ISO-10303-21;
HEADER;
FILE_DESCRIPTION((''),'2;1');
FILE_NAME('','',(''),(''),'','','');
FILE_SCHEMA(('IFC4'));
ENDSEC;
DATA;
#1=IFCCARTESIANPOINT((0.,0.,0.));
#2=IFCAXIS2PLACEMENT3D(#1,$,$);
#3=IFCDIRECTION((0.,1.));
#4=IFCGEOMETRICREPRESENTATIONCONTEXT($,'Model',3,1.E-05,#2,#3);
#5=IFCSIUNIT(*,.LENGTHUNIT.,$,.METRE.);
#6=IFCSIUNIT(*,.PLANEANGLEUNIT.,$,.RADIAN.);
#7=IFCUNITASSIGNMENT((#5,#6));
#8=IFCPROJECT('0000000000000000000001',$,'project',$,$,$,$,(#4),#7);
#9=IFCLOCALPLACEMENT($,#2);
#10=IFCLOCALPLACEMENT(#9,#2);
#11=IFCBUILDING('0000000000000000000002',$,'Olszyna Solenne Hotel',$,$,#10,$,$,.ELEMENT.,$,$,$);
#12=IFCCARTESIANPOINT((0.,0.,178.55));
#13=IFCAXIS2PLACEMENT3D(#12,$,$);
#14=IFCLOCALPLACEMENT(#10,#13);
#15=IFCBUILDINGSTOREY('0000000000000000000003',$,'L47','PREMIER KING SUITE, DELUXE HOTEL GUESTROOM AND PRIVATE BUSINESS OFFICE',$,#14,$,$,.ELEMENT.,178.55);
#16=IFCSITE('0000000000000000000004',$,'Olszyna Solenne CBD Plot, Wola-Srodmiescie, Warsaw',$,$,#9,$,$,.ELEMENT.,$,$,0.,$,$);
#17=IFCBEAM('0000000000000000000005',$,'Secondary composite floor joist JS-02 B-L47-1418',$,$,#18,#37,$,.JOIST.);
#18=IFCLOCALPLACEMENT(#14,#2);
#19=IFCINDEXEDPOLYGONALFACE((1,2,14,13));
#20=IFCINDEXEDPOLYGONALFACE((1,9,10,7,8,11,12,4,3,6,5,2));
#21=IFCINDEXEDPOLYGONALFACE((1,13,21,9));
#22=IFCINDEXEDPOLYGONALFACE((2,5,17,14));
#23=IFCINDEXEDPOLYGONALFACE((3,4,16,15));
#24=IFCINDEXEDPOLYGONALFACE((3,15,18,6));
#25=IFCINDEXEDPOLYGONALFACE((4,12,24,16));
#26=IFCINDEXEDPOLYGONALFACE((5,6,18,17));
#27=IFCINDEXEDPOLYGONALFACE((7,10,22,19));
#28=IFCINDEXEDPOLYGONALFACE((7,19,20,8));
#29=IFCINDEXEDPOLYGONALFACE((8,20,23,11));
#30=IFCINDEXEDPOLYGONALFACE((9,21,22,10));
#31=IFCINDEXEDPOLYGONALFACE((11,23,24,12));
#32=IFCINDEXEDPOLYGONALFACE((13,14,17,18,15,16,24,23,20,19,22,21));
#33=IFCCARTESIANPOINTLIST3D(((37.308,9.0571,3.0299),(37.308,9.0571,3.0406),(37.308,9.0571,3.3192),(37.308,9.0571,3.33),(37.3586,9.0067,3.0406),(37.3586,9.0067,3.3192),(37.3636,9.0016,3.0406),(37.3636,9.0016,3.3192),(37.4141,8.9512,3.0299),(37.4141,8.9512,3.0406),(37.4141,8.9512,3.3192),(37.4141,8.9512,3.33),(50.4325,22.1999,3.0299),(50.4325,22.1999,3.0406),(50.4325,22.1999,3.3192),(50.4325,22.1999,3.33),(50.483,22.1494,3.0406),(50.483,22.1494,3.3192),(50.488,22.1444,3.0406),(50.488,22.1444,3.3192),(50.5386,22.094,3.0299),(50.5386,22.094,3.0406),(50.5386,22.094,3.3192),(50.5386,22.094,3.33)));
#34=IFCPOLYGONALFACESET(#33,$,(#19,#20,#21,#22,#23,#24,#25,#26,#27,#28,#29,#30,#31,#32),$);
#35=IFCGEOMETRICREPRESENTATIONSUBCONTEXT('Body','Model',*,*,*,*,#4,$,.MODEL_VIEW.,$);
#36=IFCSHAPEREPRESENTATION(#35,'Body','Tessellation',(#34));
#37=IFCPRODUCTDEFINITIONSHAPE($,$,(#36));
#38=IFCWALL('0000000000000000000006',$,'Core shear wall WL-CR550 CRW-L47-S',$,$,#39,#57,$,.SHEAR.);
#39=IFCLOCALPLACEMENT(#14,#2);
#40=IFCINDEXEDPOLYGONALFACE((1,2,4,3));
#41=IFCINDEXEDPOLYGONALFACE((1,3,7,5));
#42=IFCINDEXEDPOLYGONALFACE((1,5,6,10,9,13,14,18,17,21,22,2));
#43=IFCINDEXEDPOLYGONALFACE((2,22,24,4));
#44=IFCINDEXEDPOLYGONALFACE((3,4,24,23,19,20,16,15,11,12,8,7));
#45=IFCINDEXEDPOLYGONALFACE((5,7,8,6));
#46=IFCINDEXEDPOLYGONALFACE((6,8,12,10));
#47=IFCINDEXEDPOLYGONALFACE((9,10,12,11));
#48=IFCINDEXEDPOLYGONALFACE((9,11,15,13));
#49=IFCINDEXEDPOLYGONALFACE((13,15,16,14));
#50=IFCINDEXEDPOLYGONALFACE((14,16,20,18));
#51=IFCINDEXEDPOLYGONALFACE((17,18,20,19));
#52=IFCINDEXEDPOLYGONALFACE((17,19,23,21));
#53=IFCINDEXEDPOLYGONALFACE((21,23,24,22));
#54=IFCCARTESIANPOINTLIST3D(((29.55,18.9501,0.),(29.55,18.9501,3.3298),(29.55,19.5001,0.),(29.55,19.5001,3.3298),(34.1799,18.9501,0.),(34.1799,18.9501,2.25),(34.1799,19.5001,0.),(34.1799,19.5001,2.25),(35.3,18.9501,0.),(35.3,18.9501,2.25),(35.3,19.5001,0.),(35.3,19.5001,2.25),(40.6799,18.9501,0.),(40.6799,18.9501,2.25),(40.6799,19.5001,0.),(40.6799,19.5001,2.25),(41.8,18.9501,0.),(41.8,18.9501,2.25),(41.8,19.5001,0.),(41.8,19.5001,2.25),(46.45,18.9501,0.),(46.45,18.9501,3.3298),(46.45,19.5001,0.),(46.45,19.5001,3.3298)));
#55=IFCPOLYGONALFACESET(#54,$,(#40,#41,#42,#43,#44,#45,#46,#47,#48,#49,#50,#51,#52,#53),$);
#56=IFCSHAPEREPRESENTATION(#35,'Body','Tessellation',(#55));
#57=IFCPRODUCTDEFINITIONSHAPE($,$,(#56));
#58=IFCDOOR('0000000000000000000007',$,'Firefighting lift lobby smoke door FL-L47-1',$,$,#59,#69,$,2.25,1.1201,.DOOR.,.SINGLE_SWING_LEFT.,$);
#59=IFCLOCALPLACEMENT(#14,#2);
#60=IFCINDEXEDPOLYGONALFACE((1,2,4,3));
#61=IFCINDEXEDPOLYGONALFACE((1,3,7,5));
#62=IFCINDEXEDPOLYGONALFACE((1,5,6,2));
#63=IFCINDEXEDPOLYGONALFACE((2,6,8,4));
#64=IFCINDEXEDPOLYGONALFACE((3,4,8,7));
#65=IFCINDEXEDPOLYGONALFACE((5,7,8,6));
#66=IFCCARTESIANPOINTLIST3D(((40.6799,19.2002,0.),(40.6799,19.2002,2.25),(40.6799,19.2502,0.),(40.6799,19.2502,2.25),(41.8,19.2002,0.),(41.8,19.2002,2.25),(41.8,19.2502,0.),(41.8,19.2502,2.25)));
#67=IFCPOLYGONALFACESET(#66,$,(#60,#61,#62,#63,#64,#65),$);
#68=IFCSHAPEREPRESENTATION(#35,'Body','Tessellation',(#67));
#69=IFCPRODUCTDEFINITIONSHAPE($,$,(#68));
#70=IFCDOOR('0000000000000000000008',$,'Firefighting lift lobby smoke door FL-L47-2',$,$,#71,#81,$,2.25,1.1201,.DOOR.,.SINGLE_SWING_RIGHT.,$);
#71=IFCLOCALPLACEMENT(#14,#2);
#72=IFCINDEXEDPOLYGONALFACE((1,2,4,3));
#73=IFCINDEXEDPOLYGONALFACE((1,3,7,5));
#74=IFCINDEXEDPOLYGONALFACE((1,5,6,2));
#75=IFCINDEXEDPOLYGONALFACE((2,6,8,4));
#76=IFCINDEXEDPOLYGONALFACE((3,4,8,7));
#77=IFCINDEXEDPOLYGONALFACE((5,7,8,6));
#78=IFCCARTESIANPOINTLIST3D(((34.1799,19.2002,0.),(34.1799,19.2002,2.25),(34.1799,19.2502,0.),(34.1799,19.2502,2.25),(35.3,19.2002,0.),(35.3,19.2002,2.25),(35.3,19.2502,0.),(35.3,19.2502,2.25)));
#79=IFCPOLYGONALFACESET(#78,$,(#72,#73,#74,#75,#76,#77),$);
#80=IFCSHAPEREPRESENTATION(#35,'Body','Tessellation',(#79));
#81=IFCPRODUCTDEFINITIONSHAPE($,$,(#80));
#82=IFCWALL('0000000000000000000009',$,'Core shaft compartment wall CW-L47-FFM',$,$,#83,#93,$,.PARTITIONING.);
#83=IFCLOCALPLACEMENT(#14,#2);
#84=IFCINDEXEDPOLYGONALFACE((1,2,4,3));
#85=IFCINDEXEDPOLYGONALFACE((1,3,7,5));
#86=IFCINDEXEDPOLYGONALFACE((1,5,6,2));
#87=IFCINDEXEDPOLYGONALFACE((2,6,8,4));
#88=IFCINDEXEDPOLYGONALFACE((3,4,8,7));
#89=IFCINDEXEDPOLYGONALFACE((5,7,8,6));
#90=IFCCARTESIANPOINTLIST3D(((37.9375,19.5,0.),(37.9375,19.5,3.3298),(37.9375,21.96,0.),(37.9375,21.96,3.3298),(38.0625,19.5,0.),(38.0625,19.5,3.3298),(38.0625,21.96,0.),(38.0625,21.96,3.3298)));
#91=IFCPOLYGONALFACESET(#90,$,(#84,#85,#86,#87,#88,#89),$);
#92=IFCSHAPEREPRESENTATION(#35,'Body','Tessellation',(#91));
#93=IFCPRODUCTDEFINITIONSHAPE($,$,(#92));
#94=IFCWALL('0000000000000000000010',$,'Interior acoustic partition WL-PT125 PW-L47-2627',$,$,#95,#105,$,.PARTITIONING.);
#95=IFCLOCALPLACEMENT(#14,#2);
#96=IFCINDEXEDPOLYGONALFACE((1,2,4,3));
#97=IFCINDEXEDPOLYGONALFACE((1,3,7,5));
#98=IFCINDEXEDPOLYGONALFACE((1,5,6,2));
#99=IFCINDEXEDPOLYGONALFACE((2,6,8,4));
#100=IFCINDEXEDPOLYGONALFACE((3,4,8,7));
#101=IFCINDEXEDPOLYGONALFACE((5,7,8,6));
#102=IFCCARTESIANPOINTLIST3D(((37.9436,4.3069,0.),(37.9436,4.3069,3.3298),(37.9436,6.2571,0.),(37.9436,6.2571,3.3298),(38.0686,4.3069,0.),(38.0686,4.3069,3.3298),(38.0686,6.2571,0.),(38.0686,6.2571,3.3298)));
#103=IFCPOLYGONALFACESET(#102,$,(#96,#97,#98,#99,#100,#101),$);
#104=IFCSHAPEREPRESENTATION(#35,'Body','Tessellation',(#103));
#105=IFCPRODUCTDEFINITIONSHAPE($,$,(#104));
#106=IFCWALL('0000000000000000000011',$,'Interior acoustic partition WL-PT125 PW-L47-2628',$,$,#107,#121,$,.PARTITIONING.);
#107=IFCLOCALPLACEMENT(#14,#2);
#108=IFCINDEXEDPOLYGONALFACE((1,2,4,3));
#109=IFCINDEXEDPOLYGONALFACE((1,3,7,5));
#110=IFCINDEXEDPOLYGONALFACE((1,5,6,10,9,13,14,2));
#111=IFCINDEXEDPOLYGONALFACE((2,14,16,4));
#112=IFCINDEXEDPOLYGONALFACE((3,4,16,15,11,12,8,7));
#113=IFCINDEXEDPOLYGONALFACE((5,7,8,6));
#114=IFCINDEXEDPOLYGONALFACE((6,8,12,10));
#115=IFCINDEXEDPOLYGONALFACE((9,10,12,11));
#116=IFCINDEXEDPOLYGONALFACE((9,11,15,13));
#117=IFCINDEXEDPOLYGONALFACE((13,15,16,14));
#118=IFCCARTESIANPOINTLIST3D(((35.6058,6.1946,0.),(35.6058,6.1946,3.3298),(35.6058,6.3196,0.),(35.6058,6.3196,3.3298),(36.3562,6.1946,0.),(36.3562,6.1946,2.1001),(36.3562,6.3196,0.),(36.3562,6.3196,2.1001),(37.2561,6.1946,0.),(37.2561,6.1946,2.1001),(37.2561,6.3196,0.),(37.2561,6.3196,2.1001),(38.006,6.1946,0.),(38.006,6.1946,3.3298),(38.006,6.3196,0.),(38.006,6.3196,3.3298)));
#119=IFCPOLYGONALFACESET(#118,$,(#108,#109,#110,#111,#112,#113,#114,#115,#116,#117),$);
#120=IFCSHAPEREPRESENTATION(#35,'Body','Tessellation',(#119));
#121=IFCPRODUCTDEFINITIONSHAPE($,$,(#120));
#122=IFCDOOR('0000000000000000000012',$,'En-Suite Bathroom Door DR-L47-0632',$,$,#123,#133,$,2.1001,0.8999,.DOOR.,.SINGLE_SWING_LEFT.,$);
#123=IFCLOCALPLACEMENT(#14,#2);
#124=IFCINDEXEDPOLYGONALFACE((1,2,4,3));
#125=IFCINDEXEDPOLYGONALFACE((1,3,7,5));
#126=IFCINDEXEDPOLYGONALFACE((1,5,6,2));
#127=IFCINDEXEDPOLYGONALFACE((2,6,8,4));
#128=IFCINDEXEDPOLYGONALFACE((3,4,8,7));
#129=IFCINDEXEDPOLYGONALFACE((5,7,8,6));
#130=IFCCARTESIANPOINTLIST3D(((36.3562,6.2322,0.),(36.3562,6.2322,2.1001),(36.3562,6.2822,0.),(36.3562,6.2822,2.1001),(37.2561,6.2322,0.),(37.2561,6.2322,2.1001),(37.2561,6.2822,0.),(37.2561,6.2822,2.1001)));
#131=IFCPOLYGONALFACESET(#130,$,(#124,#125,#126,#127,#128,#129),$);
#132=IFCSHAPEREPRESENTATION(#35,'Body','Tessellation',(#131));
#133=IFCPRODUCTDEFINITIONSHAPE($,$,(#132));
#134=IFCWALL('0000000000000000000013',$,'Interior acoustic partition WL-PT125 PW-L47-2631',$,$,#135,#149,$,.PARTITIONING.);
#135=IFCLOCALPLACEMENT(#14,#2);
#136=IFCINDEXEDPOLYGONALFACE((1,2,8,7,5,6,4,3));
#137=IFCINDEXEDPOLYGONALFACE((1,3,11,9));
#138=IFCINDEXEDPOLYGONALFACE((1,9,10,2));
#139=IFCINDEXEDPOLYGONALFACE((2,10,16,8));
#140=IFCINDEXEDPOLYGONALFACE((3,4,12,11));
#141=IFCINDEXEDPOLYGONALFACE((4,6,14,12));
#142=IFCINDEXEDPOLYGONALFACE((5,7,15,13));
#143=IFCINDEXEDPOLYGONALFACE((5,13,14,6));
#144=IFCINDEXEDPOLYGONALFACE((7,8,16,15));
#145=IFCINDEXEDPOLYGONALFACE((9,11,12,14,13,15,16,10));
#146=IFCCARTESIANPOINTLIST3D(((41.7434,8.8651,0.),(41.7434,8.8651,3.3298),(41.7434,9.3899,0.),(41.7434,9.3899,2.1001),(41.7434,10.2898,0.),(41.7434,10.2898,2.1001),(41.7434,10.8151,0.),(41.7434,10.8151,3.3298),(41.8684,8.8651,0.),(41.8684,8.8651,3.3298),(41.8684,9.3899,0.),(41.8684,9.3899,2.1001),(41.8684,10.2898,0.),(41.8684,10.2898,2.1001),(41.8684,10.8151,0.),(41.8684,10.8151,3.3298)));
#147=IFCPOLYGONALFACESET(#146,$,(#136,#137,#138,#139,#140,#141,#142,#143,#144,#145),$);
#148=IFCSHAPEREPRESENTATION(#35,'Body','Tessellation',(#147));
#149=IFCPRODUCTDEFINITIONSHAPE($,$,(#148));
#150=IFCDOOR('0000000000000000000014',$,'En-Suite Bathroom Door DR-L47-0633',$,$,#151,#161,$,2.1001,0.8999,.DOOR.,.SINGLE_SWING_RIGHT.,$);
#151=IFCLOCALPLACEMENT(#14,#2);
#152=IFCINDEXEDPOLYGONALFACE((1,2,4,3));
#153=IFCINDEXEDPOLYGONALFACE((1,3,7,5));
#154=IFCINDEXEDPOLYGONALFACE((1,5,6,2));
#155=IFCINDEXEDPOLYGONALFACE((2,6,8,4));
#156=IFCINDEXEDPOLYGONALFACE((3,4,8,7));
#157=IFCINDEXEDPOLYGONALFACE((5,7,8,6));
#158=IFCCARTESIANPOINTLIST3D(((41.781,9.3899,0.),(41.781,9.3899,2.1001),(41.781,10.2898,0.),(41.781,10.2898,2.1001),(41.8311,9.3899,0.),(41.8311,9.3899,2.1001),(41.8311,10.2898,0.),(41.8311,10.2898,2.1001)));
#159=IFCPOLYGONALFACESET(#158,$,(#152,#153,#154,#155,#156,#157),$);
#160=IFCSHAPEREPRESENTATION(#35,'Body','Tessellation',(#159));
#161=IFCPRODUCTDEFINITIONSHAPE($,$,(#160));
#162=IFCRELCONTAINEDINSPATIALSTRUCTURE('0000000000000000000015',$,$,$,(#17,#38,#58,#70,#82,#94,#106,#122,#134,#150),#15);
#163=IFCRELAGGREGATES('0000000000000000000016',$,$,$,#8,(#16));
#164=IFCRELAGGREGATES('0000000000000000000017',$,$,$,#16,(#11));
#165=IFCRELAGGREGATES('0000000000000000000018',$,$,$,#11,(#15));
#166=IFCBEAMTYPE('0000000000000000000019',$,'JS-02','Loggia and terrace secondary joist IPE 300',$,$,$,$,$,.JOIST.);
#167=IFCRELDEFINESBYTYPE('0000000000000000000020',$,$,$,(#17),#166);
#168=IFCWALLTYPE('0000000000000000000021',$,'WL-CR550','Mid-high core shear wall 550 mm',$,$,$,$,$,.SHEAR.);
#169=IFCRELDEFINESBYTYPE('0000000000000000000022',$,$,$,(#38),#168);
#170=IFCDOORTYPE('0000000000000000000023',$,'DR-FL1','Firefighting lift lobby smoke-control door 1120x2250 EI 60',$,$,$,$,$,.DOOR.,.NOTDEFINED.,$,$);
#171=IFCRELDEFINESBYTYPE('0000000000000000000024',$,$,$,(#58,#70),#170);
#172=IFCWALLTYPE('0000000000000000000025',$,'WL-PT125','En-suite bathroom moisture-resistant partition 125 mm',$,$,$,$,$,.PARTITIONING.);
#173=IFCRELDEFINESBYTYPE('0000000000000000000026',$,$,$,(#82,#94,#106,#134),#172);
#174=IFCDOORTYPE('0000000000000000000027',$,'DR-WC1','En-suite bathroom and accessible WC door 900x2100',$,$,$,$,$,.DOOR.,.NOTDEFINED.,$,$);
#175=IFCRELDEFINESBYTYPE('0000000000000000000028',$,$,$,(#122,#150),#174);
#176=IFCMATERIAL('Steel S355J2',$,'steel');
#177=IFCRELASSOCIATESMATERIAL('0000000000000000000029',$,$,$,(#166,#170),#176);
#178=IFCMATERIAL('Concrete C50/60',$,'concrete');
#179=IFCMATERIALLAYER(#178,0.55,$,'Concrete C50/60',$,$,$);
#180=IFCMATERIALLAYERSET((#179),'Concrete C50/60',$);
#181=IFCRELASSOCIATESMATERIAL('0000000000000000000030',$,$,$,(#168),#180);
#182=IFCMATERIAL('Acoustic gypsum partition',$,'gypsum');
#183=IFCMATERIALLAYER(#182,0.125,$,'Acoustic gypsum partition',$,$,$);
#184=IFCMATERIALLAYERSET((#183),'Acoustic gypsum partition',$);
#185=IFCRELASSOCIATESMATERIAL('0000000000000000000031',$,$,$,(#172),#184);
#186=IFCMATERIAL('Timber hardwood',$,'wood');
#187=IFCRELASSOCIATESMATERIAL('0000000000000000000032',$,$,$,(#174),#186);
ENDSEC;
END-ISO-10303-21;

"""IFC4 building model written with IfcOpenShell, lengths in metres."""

from ifc_helpers import new_model, si_unit, direction, frame, frame_2d, origin, origin_2d, place, context, subcontext, project, spatial, rectangle, i_section, extrude, source, transform, mapped, material, layer, layer_set, material_profile, profile_set, type_object, type_shapes, element, fill, save


model = new_model("IFC4")

# Units and contexts
model_context = context("Model", 3, precision=1e-05, world=origin(), true_north=direction((0.0, 1.0)))
body_context = subcontext(model_context, "Body", "Model", "MODEL_VIEW")
ifc_project = project(units=[si_unit("LENGTHUNIT", "METRE"), si_unit("PLANEANGLEUNIT", "RADIAN")], contexts=[model_context])

# Site, building, storey
site_placement = place(None, origin())
site = spatial("IfcSite", under=ifc_project, at=site_placement, Name="Olszyna Solenne CBD Plot, Wola-Srodmiescie, Warsaw", CompositionType="ELEMENT", RefElevation=0.0)
building_placement = place(site_placement, origin())
building = spatial("IfcBuilding", under=site, at=building_placement, Name="Olszyna Solenne Hotel", CompositionType="ELEMENT")
storey_placement = place(building_placement, frame((0.0, 0.0, 178.55)))
storey = spatial("IfcBuildingStorey", under=building, at=storey_placement, Name="L47", Description="PREMIER KING SUITE, DELUXE HOTEL GUESTROOM AND PRIVATE BUSINESS OFFICE", CompositionType="ELEMENT", Elevation=178.55)

# Beam
ifc_material_1 = material(Name="Steel S355J2", Category="steel")
ifc_material_profile = material_profile(ifc_material_1, i_section(OverallWidth=0.1499, OverallDepth=0.3, WebThickness=0.0071, FlangeThickness=0.0107, at=origin_2d()), Name="IPE 300", Category="load-bearing")
ifc_profile_set = profile_set([ifc_material_profile], Name="Steel S355J2")
beam_type = type_object("IfcBeamType", Name="JS-02", Description="Loggia and terrace secondary joist IPE 300", PredefinedType="JOIST", material=ifc_profile_set)
shared_shape_1 = source(origin(), body_context, "Body", "SweptSolid", [
    extrude(i_section(OverallWidth=0.1499, OverallDepth=0.3, WebThickness=0.0071, FlangeThickness=0.0107, at=origin_2d()), origin(), (0.0, 0.0, 1.0), 18.5737),
])
beam_placement = place(storey_placement, frame((37.3611, 9.0042, 3.1799), z_axis=(0.706614, 0.7076, 0.0), x_axis=(-0.7076, 0.706614, 0.0)))
element("IfcBeam", 1, at=beam_placement, inside=storey, type_object=beam_type, Name="Secondary composite floor joist JS-02 B-L47-1418", PredefinedType="JOIST", context=body_context, shape_type="MappedRepresentation", body=[
    mapped(shared_shape_1, transform((0.0, 0.0, 0.0), x_axis=(1.0, 0.0, 0.0), y_axis=(0.0, 1.0, 0.0), z_axis=(0.0, 0.0, 1.0), scale=1.0)),
])

# Wall, openings, doors
ifc_material_2 = material(Name="Concrete C50/60", Category="concrete")
ifc_layer_1 = layer(ifc_material_2, 0.55, Name="Concrete C50/60")
ifc_layer_set_1 = layer_set([ifc_layer_1], Name="Concrete C50/60")
wall_type_1 = type_object("IfcWallType", Name="WL-CR550", Description="Mid-high core shear wall 550 mm", PredefinedType="SHEAR", material=ifc_layer_set_1)
wall_1_placement = place(storey_placement, frame((46.45, 19.2251, 0.0), z_axis=(0.0, 0.0, 1.0), x_axis=(-1.0, 0.0, 0.0)))
wall_1 = element("IfcWall", 2, at=wall_1_placement, inside=storey, type_object=wall_type_1, Name="Core shear wall WL-CR550 CRW-L47-S", PredefinedType="SHEAR", context=body_context, shape_type="SweptSolid", body=[
    extrude(rectangle(XDim=16.8999, YDim=0.55, at=frame_2d((8.45, 0.0))), origin(), (0.0, 0.0, 1.0), 3.3298),
])
opening_1_placement = place(wall_1_placement, frame((4.6499, 0.0, 0.0)))
opening_1 = element("IfcOpeningElement", 3, at=opening_1_placement, cuts=wall_1, PredefinedType="OPENING", context=body_context, shape_type="SweptSolid", body=[
    extrude(rectangle(XDim=1.1201, YDim=2.25, at=frame_2d((0.5601, 1.125))), frame((0.0, 0.2852, 0.0), z_axis=(0.0, -1.0, 0.0), x_axis=(1.0, 0.0, 0.0)), (0.0, 0.0, 1.0), 0.5701),
])
opening_2_placement = place(wall_1_placement, frame((11.1499, 0.0, 0.0)))
opening_2 = element("IfcOpeningElement", 4, at=opening_2_placement, cuts=wall_1, PredefinedType="OPENING", context=body_context, shape_type="SweptSolid", body=[
    extrude(rectangle(XDim=1.1201, YDim=2.25, at=frame_2d((0.5601, 1.125))), frame((0.0, 0.2852, 0.0), z_axis=(0.0, -1.0, 0.0), x_axis=(1.0, 0.0, 0.0)), (0.0, 0.0, 1.0), 0.5701),
])
door_type_1 = type_object("IfcDoorType", Name="DR-FL1", Description="Firefighting lift lobby smoke-control door 1120x2250 EI 60", OperationType="NOTDEFINED", PredefinedType="DOOR", material=ifc_material_1)
shared_shape_2 = source(origin(), body_context, "Body", "SweptSolid", [
    extrude(rectangle(XDim=1.1201, YDim=2.25, at=frame_2d((0.5601, 1.125))), frame((0.0, 0.0249, 0.0), z_axis=(0.0, -1.0, 0.0), x_axis=(1.0, 0.0, 0.0)), (0.0, 0.0, 1.0), 0.05),
])
type_shapes(door_type_1, [shared_shape_2])
door_1_placement = place(opening_1_placement, origin())
door_1 = element("IfcDoor", 5, at=door_1_placement, inside=storey, type_object=door_type_1, Name="Firefighting lift lobby smoke door FL-L47-1", OperationType="SINGLE_SWING_LEFT", OverallHeight=2.25, OverallWidth=1.1201, PredefinedType="DOOR", context=body_context, shape_type="MappedRepresentation", body=[
    mapped(shared_shape_2, transform((0.0, 0.0, 0.0), x_axis=(1.0, 0.0, 0.0), y_axis=(0.0, 1.0, 0.0), z_axis=(0.0, 0.0, 1.0), scale=1.0)),
])
fill(opening_1, door_1)
door_2_placement = place(opening_2_placement, origin())
door_2 = element("IfcDoor", 6, at=door_2_placement, inside=storey, type_object=door_type_1, Name="Firefighting lift lobby smoke door FL-L47-2", OperationType="SINGLE_SWING_RIGHT", OverallHeight=2.25, OverallWidth=1.1201, PredefinedType="DOOR", context=body_context, shape_type="MappedRepresentation", body=[
    mapped(shared_shape_2, transform((0.0, 0.0, 0.0), x_axis=(1.0, 0.0, 0.0), y_axis=(0.0, 1.0, 0.0), z_axis=(0.0, 0.0, 1.0), scale=1.0)),
])
fill(opening_2, door_2)

# Walls
ifc_material_3 = material(Name="Acoustic gypsum partition", Category="gypsum")
ifc_layer_2 = layer(ifc_material_3, 0.125, Name="Acoustic gypsum partition")
ifc_layer_set_2 = layer_set([ifc_layer_2], Name="Acoustic gypsum partition")
wall_type_2 = type_object("IfcWallType", Name="WL-PT125", Description="En-suite bathroom moisture-resistant partition 125 mm", PredefinedType="PARTITIONING", material=ifc_layer_set_2)
wall_2_placement = place(storey_placement, frame((38.0, 19.5, 0.0), z_axis=(0.0, 0.0, 1.0), x_axis=(0.0, 1.0, 0.0)))
element("IfcWall", 7, at=wall_2_placement, inside=storey, type_object=wall_type_2, Name="Core shaft compartment wall CW-L47-FFM", PredefinedType="PARTITIONING", context=body_context, shape_type="SweptSolid", body=[
    extrude(rectangle(XDim=2.46, YDim=0.125, at=frame_2d((1.23, 0.0))), origin(), (0.0, 0.0, 1.0), 3.3298),
])
wall_3_placement = place(storey_placement, frame((38.0061, 4.3069, 0.0), z_axis=(0.0, 0.0, 1.0), x_axis=(0.0, 1.0, 0.0)))
element("IfcWall", 8, at=wall_3_placement, inside=storey, type_object=wall_type_2, Name="Interior acoustic partition WL-PT125 PW-L47-2627", PredefinedType="PARTITIONING", context=body_context, shape_type="SweptSolid", body=[
    extrude(rectangle(XDim=1.9502, YDim=0.125, at=frame_2d((0.9751, 0.0))), origin(), (0.0, 0.0, 1.0), 3.3298),
])

# Walls, openings, doors
wall_4_placement = place(storey_placement, frame((38.0061, 6.2571, 0.0), z_axis=(0.0, 0.0, 1.0), x_axis=(-1.0, 0.0, 0.0)))
wall_4 = element("IfcWall", 9, at=wall_4_placement, inside=storey, type_object=wall_type_2, Name="Interior acoustic partition WL-PT125 PW-L47-2628", PredefinedType="PARTITIONING", context=body_context, shape_type="SweptSolid", body=[
    extrude(rectangle(XDim=2.4001, YDim=0.125, at=frame_2d((1.2002, 0.0))), origin(), (0.0, 0.0, 1.0), 3.3298),
])
opening_3_placement = place(wall_4_placement, frame((0.75, 0.0, 0.0)))
opening_3 = element("IfcOpeningElement", 10, at=opening_3_placement, cuts=wall_4, PredefinedType="OPENING", context=body_context, shape_type="SweptSolid", body=[
    extrude(rectangle(XDim=0.8999, YDim=2.1001, at=frame_2d((0.45, 1.05))), frame((0.0, 0.0725, 0.0), z_axis=(0.0, -1.0, 0.0), x_axis=(1.0, 0.0, 0.0)), (0.0, 0.0, 1.0), 0.145),
])
ifc_material_4 = material(Name="Timber hardwood", Category="wood")
door_type_2 = type_object("IfcDoorType", Name="DR-WC1", Description="En-suite bathroom and accessible WC door 900x2100", OperationType="NOTDEFINED", PredefinedType="DOOR", material=ifc_material_4)
shared_shape_3 = source(origin(), body_context, "Body", "SweptSolid", [
    extrude(rectangle(XDim=0.8999, YDim=2.1001, at=frame_2d((0.45, 1.05))), frame((0.0, 0.0249, 0.0), z_axis=(0.0, -1.0, 0.0), x_axis=(1.0, 0.0, 0.0)), (0.0, 0.0, 1.0), 0.05),
])
type_shapes(door_type_2, [shared_shape_3])
door_3_placement = place(opening_3_placement, origin())
door_3 = element("IfcDoor", 11, at=door_3_placement, inside=storey, type_object=door_type_2, Name="En-Suite Bathroom Door DR-L47-0632", OperationType="SINGLE_SWING_LEFT", OverallHeight=2.1001, OverallWidth=0.8999, PredefinedType="DOOR", context=body_context, shape_type="MappedRepresentation", body=[
    mapped(shared_shape_3, transform((0.0, 0.0, 0.0), x_axis=(1.0, 0.0, 0.0), y_axis=(0.0, 1.0, 0.0), z_axis=(0.0, 0.0, 1.0), scale=1.0)),
])
fill(opening_3, door_3)
wall_5_placement = place(storey_placement, frame((41.8059, 8.865, 0.0), z_axis=(0.0, 0.0, 1.0), x_axis=(0.0, 1.0, 0.0)))
wall_5 = element("IfcWall", 12, at=wall_5_placement, inside=storey, type_object=wall_type_2, Name="Interior acoustic partition WL-PT125 PW-L47-2631", PredefinedType="PARTITIONING", context=body_context, shape_type="SweptSolid", body=[
    extrude(rectangle(XDim=1.95, YDim=0.125, at=frame_2d((0.9751, 0.0))), origin(), (0.0, 0.0, 1.0), 3.3298),
])
opening_4_placement = place(wall_5_placement, frame((0.5249, 0.0, 0.0)))
opening_4 = element("IfcOpeningElement", 13, at=opening_4_placement, cuts=wall_5, PredefinedType="OPENING", context=body_context, shape_type="SweptSolid", body=[
    extrude(rectangle(XDim=0.8999, YDim=2.1001, at=frame_2d((0.45, 1.05))), frame((0.0, 0.0725, 0.0), z_axis=(0.0, -1.0, 0.0), x_axis=(1.0, 0.0, 0.0)), (0.0, 0.0, 1.0), 0.145),
])
door_4_placement = place(opening_4_placement, origin())
door_4 = element("IfcDoor", 14, at=door_4_placement, inside=storey, type_object=door_type_2, Name="En-Suite Bathroom Door DR-L47-0633", OperationType="SINGLE_SWING_RIGHT", OverallHeight=2.1001, OverallWidth=0.8999, PredefinedType="DOOR", context=body_context, shape_type="MappedRepresentation", body=[
    mapped(shared_shape_3, transform((0.0, 0.0, 0.0), x_axis=(1.0, 0.0, 0.0), y_axis=(0.0, 1.0, 0.0), z_axis=(0.0, 0.0, 1.0), scale=1.0)),
])
fill(opening_4, door_4)

save(model, "model.ifc")
